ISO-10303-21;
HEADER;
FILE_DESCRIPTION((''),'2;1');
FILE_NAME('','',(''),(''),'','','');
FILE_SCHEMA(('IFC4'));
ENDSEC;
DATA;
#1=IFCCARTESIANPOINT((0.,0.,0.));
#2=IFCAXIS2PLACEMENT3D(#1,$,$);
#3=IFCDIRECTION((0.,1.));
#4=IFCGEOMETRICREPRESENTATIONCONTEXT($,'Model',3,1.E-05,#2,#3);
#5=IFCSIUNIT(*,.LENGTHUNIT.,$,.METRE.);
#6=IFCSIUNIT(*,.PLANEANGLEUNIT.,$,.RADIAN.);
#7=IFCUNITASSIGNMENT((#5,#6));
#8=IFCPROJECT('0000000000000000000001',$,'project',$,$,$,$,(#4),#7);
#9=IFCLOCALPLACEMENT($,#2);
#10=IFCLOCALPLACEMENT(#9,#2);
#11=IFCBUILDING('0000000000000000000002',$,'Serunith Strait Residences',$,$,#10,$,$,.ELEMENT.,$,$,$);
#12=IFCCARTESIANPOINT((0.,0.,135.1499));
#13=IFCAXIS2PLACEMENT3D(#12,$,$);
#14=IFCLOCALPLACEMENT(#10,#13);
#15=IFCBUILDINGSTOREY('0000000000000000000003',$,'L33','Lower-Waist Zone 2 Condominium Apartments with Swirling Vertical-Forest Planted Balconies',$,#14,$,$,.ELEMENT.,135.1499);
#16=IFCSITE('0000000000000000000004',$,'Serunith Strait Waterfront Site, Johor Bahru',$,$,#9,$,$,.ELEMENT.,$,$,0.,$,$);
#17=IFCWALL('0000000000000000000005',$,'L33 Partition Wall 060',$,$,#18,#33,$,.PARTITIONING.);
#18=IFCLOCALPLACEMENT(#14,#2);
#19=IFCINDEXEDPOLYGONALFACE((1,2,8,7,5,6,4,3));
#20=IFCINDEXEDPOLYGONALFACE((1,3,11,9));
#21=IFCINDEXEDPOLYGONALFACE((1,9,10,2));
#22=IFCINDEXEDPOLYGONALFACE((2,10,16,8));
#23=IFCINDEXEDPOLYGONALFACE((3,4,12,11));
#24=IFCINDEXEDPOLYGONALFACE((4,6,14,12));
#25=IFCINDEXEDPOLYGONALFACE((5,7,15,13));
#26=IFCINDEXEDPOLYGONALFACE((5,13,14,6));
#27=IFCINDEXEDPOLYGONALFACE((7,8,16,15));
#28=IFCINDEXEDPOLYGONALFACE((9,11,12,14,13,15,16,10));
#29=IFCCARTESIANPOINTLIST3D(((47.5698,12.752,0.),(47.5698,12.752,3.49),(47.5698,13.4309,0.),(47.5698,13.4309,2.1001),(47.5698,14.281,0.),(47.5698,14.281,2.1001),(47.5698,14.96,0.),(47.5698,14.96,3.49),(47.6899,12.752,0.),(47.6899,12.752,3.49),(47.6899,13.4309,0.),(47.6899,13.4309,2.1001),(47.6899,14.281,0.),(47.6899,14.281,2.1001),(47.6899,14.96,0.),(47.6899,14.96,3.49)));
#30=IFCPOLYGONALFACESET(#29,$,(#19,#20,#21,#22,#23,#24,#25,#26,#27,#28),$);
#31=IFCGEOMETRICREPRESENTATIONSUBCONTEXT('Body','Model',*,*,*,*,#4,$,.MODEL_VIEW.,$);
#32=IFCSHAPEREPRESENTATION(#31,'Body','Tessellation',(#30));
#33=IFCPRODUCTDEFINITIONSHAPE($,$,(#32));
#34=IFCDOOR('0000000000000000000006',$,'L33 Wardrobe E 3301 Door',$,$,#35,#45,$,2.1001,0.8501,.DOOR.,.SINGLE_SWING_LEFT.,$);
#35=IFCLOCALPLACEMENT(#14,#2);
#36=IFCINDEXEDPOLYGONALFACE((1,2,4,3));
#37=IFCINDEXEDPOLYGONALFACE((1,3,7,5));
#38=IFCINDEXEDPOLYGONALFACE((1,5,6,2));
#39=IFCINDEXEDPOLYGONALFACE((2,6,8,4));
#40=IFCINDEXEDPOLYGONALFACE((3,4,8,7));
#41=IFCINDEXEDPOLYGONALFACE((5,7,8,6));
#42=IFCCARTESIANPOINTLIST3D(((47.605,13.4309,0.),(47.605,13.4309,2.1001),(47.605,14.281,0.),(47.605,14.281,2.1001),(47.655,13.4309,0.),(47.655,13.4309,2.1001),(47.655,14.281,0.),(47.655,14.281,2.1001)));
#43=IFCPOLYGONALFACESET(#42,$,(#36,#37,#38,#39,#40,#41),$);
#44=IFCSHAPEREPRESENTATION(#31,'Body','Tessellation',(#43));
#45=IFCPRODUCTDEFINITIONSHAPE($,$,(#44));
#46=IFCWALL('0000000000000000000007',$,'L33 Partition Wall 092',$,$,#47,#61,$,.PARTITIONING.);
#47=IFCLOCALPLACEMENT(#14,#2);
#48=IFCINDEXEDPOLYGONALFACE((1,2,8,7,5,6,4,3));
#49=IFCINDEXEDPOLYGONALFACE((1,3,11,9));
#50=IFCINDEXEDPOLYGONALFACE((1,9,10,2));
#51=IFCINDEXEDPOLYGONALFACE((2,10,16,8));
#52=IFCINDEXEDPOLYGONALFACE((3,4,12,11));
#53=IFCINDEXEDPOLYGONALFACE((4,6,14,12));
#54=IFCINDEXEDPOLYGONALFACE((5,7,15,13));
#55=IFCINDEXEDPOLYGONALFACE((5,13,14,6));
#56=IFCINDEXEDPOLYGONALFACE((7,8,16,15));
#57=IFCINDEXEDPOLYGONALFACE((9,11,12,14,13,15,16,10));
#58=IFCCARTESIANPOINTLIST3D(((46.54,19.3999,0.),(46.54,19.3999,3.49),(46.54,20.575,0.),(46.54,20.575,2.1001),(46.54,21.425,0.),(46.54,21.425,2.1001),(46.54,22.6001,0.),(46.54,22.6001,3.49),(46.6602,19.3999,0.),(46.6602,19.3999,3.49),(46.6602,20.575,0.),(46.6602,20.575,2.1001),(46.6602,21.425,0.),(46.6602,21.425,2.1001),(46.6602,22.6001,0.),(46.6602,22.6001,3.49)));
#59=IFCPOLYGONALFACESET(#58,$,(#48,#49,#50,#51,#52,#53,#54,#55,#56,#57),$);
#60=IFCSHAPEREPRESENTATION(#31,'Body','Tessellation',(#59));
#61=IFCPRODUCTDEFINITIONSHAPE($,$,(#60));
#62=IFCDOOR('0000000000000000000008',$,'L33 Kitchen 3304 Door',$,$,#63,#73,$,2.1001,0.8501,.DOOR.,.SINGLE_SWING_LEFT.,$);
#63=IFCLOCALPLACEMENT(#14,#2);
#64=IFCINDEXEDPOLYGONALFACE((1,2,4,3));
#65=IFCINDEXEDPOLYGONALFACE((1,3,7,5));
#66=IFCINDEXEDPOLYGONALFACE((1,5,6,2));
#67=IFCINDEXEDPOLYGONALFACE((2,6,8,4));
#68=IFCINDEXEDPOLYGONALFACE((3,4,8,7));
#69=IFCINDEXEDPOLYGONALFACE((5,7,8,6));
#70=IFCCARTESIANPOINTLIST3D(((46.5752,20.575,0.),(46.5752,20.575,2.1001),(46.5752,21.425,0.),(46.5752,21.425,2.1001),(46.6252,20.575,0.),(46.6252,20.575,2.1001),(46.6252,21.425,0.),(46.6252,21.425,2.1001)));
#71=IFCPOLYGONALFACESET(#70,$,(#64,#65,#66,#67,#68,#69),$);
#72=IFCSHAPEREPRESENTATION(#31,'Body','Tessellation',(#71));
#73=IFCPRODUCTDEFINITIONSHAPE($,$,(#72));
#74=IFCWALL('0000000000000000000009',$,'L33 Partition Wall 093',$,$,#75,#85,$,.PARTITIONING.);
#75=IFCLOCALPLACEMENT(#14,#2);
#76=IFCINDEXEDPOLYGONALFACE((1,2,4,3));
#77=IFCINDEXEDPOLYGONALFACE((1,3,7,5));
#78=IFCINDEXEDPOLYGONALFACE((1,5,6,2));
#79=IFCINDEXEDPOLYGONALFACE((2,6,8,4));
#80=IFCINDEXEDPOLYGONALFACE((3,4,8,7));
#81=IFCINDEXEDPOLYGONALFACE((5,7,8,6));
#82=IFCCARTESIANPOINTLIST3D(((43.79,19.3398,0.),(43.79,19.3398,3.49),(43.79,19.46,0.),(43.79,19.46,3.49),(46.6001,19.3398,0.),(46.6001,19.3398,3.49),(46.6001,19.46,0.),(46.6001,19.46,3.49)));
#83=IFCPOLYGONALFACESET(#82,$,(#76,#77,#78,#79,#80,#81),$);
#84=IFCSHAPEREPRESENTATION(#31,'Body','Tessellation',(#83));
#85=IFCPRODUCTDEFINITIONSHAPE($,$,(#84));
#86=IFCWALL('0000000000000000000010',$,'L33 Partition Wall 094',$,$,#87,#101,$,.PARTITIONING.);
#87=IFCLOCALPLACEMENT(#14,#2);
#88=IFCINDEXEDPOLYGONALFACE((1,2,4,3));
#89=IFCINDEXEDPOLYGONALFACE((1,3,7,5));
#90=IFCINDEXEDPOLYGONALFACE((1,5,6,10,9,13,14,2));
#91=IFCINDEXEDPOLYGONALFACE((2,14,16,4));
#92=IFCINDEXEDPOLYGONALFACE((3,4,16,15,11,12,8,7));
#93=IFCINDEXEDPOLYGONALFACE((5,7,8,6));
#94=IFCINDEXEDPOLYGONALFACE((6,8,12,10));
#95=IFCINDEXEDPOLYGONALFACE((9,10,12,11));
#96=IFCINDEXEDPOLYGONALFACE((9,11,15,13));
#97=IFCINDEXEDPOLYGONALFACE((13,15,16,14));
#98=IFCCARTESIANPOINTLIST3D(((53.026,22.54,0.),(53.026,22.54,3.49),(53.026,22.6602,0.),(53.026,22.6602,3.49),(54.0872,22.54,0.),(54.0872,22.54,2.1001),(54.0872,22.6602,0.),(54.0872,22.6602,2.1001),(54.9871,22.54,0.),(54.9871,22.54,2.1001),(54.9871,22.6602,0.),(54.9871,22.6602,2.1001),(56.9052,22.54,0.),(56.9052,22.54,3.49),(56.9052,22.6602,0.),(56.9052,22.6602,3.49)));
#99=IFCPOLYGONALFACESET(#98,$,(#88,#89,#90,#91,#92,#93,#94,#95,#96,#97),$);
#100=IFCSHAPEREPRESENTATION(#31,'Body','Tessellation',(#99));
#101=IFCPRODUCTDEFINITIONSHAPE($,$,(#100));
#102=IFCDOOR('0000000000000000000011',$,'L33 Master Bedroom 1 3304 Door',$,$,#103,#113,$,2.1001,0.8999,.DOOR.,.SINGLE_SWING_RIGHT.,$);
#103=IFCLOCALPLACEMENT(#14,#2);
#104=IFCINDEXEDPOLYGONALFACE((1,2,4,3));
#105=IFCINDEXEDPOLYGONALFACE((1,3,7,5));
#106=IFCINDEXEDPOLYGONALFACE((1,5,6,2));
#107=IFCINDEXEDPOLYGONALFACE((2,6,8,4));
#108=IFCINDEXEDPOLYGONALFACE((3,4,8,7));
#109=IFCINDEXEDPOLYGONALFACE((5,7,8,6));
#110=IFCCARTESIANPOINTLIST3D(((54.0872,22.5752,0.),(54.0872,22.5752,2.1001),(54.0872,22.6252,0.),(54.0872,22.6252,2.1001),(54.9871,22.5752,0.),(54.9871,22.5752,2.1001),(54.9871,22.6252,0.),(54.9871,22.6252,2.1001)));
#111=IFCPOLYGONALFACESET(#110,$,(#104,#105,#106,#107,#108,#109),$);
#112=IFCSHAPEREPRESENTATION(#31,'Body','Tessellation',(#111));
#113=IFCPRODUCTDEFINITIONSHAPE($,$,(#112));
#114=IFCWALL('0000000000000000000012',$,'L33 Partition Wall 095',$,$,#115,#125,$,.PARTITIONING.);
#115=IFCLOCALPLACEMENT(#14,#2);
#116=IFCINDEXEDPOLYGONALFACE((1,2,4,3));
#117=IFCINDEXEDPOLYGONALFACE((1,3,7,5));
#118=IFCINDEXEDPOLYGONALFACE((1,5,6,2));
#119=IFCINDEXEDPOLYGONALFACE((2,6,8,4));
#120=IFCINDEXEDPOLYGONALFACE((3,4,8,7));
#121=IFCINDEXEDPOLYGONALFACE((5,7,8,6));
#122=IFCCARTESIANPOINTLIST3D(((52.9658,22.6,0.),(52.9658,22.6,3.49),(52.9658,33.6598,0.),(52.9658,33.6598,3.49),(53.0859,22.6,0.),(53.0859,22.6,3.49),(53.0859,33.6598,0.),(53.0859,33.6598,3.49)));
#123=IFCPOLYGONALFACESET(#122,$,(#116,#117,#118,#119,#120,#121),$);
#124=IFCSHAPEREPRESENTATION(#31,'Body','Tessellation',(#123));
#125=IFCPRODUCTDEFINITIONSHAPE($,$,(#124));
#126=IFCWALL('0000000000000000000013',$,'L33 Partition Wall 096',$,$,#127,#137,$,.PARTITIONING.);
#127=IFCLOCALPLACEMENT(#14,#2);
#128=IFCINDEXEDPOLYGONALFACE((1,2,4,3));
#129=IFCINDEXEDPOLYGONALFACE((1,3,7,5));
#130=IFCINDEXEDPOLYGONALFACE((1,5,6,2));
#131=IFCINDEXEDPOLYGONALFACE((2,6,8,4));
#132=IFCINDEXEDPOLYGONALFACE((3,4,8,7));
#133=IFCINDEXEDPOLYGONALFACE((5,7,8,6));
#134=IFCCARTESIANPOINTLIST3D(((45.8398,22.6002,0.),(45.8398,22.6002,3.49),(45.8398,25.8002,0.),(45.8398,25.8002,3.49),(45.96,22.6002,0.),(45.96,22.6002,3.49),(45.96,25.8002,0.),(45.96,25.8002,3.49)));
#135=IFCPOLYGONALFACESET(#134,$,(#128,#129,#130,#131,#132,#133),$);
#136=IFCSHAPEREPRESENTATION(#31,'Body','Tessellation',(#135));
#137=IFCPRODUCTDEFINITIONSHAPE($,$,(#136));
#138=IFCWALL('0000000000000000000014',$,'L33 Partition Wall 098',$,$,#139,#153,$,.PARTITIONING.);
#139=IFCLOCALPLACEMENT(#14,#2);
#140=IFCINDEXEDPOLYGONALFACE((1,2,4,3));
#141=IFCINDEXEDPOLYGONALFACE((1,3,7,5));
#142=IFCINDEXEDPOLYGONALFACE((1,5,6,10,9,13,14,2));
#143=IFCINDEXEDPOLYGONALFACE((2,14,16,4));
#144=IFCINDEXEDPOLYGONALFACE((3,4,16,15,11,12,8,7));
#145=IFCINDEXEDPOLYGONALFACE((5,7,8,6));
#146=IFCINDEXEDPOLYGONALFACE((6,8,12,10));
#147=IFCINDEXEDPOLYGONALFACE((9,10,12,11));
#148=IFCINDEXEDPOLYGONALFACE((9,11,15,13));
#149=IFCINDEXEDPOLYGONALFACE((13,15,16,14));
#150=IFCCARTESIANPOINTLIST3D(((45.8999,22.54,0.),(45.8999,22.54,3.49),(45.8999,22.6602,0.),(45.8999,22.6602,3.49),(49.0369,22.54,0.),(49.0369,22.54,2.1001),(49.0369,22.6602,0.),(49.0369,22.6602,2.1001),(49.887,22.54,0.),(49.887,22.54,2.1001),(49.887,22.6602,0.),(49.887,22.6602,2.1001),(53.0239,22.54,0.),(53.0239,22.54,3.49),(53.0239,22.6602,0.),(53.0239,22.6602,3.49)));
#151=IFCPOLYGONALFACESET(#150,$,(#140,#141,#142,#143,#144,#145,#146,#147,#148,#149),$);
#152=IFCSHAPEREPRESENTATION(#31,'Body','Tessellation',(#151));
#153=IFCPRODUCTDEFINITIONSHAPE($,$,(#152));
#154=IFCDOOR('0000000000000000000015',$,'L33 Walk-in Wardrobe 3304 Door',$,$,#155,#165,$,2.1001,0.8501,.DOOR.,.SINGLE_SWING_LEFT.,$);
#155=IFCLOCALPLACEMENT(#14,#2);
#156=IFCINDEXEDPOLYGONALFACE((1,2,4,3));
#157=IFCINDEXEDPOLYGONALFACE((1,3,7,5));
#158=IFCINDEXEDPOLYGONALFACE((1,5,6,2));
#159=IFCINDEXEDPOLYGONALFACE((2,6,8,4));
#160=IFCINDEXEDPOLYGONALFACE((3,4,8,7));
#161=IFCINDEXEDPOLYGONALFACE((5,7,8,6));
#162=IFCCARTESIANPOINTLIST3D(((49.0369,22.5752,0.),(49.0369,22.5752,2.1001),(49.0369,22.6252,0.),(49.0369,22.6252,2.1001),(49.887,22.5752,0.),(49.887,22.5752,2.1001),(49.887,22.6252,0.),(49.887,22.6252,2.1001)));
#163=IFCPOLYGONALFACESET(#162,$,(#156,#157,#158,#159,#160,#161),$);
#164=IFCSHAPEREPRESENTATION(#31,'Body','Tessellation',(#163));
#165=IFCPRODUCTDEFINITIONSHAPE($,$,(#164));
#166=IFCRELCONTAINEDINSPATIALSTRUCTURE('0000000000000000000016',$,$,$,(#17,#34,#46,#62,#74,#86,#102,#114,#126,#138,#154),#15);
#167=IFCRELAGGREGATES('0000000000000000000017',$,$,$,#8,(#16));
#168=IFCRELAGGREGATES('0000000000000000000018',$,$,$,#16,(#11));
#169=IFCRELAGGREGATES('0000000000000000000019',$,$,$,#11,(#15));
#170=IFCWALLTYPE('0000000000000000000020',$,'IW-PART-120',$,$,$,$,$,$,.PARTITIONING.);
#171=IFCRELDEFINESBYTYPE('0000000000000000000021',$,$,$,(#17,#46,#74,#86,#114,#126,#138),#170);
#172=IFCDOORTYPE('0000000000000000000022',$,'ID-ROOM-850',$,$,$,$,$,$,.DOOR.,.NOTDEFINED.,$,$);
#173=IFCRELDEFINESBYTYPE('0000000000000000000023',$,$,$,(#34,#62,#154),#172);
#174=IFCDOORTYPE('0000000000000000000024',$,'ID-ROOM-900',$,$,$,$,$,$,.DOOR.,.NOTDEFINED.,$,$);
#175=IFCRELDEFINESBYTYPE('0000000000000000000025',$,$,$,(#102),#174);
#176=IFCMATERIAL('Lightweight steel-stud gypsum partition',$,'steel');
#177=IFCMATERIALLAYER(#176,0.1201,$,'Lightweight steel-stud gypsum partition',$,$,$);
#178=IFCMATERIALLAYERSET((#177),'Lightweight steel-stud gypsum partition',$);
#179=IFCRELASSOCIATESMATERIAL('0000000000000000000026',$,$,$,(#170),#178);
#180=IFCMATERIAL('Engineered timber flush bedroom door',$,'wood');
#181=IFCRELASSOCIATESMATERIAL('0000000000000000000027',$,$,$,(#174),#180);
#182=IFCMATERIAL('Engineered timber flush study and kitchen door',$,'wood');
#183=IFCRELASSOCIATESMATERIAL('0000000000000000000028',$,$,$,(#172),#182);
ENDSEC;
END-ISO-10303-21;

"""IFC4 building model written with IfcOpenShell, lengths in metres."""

from ifc_helpers import new_model, si_unit, direction, frame, frame_2d, origin, place, context, subcontext, project, spatial, rectangle, extrude, source, transform, mapped, material, layer, layer_set, type_object, element, fill, save


model = new_model("IFC4")

# Units and contexts
model_context = context("Model", 3, precision=1e-05, world=origin(), true_north=direction((0.0, 1.0)))
body_context = subcontext(model_context, "Body", "Model", "MODEL_VIEW")
ifc_project = project(units=[si_unit("LENGTHUNIT", "METRE"), si_unit("PLANEANGLEUNIT", "RADIAN")], contexts=[model_context])

# Site, building, storey
site_placement = place(None, origin())
site = spatial("IfcSite", under=ifc_project, at=site_placement, Name="Serunith Strait Waterfront Site, Johor Bahru", CompositionType="ELEMENT", RefElevation=0.0)
building_placement = place(site_placement, origin())
building = spatial("IfcBuilding", under=site, at=building_placement, Name="Serunith Strait Residences", CompositionType="ELEMENT")
storey_placement = place(building_placement, frame((0.0, 0.0, 135.1499)))
storey = spatial("IfcBuildingStorey", under=building, at=storey_placement, Name="L33", Description="Lower-Waist Zone 2 Condominium Apartments with Swirling Vertical-Forest Planted Balconies", CompositionType="ELEMENT", Elevation=135.1499)

# Shared definitions
ifc_material_1 = material(Name="Lightweight steel-stud gypsum partition", Category="steel")
ifc_layer_1 = layer(ifc_material_1, 0.1201, Name="Lightweight steel-stud gypsum partition")
ifc_layer_set_1 = layer_set([ifc_layer_1], Name="Lightweight steel-stud gypsum partition")
wall_type = type_object("IfcWallType", Name="IW-PART-120", PredefinedType="PARTITIONING", material=ifc_layer_set_1)
ifc_material_2 = material(Name="Engineered timber flush bedroom door", Category="wood")
door_type_1 = type_object("IfcDoorType", Name="ID-ROOM-900", OperationType="NOTDEFINED", PredefinedType="DOOR", material=ifc_material_2)
shared_shape_1 = source(origin(), body_context, "Body", "SweptSolid", [
    extrude(rectangle(XDim=0.8999, YDim=2.1001, at=frame_2d((0.45, 1.05))), frame((0.0, 0.0249, 0.0), z_axis=(0.0, -1.0, 0.0), x_axis=(1.0, 0.0, 0.0)), (0.0, 0.0, 1.0), 0.05),
])

# Walls, openings, doors
wall_1_placement = place(storey_placement, frame((47.6299, 12.752, 0.0), z_axis=(0.0, 0.0, 1.0), x_axis=(0.0, 1.0, 0.0)))
wall_1 = element("IfcWall", 1, at=wall_1_placement, inside=storey, type_object=wall_type, Name="L33 Partition Wall 060", PredefinedType="PARTITIONING", context=body_context, shape_type="SweptSolid", body=[
    extrude(rectangle(XDim=2.208, YDim=0.1201, at=frame_2d((1.104, 0.0))), origin(), (0.0, 0.0, 1.0), 3.49),
])
opening_1_placement = place(wall_1_placement, frame((0.679, 0.0, 0.0)))
opening_1 = element("IfcOpeningElement", 2, at=opening_1_placement, cuts=wall_1, PredefinedType="OPENING", context=body_context, shape_type="SweptSolid", body=[
    extrude(rectangle(XDim=0.8501, YDim=2.1001, at=frame_2d((0.425, 1.05))), frame((0.0, 0.0701, 0.0), z_axis=(0.0, -1.0, 0.0), x_axis=(1.0, 0.0, 0.0)), (0.0, 0.0, 1.0), 0.1401),
])
ifc_material_3 = material(Name="Engineered timber flush study and kitchen door", Category="wood")
door_type_2 = type_object("IfcDoorType", Name="ID-ROOM-850", OperationType="NOTDEFINED", PredefinedType="DOOR", material=ifc_material_3)
shared_shape_2 = source(origin(), body_context, "Body", "SweptSolid", [
    extrude(rectangle(XDim=0.8501, YDim=2.1001, at=frame_2d((0.425, 1.05))), frame((0.0, 0.0249, 0.0), z_axis=(0.0, -1.0, 0.0), x_axis=(1.0, 0.0, 0.0)), (0.0, 0.0, 1.0), 0.05),
])
door_1_placement = place(opening_1_placement, origin())
door_1 = element("IfcDoor", 3, at=door_1_placement, inside=storey, type_object=door_type_2, Name="L33 Wardrobe E 3301 Door", OperationType="SINGLE_SWING_LEFT", OverallHeight=2.1001, OverallWidth=0.8501, PredefinedType="DOOR", context=body_context, shape_type="MappedRepresentation", body=[
    mapped(shared_shape_2, transform((0.0, 0.0, 0.0), scale=1.0)),
])
fill(opening_1, door_1)
wall_2_placement = place(storey_placement, frame((46.6001, 19.3999, 0.0), z_axis=(0.0, 0.0, 1.0), x_axis=(0.0, 1.0, 0.0)))
wall_2 = element("IfcWall", 4, at=wall_2_placement, inside=storey, type_object=wall_type, Name="L33 Partition Wall 092", PredefinedType="PARTITIONING", context=body_context, shape_type="SweptSolid", body=[
    extrude(rectangle(XDim=3.2002, YDim=0.1201, at=frame_2d((1.6001, 0.0))), origin(), (0.0, 0.0, 1.0), 3.49),
])
opening_2_placement = place(wall_2_placement, frame((1.175, 0.0, 0.0)))
opening_2 = element("IfcOpeningElement", 5, at=opening_2_placement, cuts=wall_2, PredefinedType="OPENING", context=body_context, shape_type="SweptSolid", body=[
    extrude(rectangle(XDim=0.8501, YDim=2.1001, at=frame_2d((0.425, 1.05))), frame((0.0, 0.0701, 0.0), z_axis=(0.0, -1.0, 0.0), x_axis=(1.0, 0.0, 0.0)), (0.0, 0.0, 1.0), 0.1401),
])
door_2_placement = place(opening_2_placement, origin())
door_2 = element("IfcDoor", 6, at=door_2_placement, inside=storey, type_object=door_type_2, Name="L33 Kitchen 3304 Door", OperationType="SINGLE_SWING_LEFT", OverallHeight=2.1001, OverallWidth=0.8501, PredefinedType="DOOR", context=body_context, shape_type="MappedRepresentation", body=[
    mapped(shared_shape_2, transform((0.0, 0.0, 0.0), scale=1.0)),
])
fill(opening_2, door_2)

# Wall
wall_3_placement = place(storey_placement, frame((46.6001, 19.3999, 0.0), z_axis=(0.0, 0.0, 1.0), x_axis=(-1.0, 0.0, 0.0)))
element("IfcWall", 7, at=wall_3_placement, inside=storey, type_object=wall_type, Name="L33 Partition Wall 093", PredefinedType="PARTITIONING", context=body_context, shape_type="SweptSolid", body=[
    extrude(rectangle(XDim=2.8101, YDim=0.1201, at=frame_2d((1.405, 0.0))), origin(), (0.0, 0.0, 1.0), 3.49),
])

# Wall, opening, door
wall_4_placement = place(storey_placement, frame((56.905, 22.6001, 0.0), z_axis=(0.0, 0.0, 1.0), x_axis=(-1.0, 0.0, 0.0)))
wall_4 = element("IfcWall", 8, at=wall_4_placement, inside=storey, type_object=wall_type, Name="L33 Partition Wall 094", PredefinedType="PARTITIONING", context=body_context, shape_type="SweptSolid", body=[
    extrude(rectangle(XDim=3.8792, YDim=0.1201, at=frame_2d((1.9395, 0.0))), origin(), (0.0, 0.0, 1.0), 3.49),
])
opening_3_placement = place(wall_4_placement, frame((1.918, 0.0, 0.0)))
opening_3 = element("IfcOpeningElement", 9, at=opening_3_placement, cuts=wall_4, PredefinedType="OPENING", context=body_context, shape_type="SweptSolid", body=[
    extrude(rectangle(XDim=0.8999, YDim=2.1001, at=frame_2d((0.45, 1.05))), frame((0.0, 0.0701, 0.0), z_axis=(0.0, -1.0, 0.0), x_axis=(1.0, 0.0, 0.0)), (0.0, 0.0, 1.0), 0.1401),
])
door_3_placement = place(opening_3_placement, origin())
door_3 = element("IfcDoor", 10, at=door_3_placement, inside=storey, type_object=door_type_1, Name="L33 Master Bedroom 1 3304 Door", OperationType="SINGLE_SWING_RIGHT", OverallHeight=2.1001, OverallWidth=0.8999, PredefinedType="DOOR", context=body_context, shape_type="MappedRepresentation", body=[
    mapped(shared_shape_1, transform((0.0, 0.0, 0.0), scale=1.0)),
])
fill(opening_3, door_3)

# Walls
wall_5_placement = place(storey_placement, frame((53.0259, 22.6001, 0.0), z_axis=(0.0, 0.0, 1.0), x_axis=(0.0, 1.0, 0.0)))
element("IfcWall", 11, at=wall_5_placement, inside=storey, type_object=wall_type, Name="L33 Partition Wall 095", PredefinedType="PARTITIONING", context=body_context, shape_type="SweptSolid", body=[
    extrude(rectangle(XDim=11.0598, YDim=0.1201, at=frame_2d((5.5298, 0.0))), origin(), (0.0, 0.0, 1.0), 3.49),
])
wall_6_placement = place(storey_placement, frame((45.8999, 22.6001, 0.0), z_axis=(0.0, 0.0, 1.0), x_axis=(0.0, 1.0, 0.0)))
element("IfcWall", 12, at=wall_6_placement, inside=storey, type_object=wall_type, Name="L33 Partition Wall 096", PredefinedType="PARTITIONING", context=body_context, shape_type="SweptSolid", body=[
    extrude(rectangle(XDim=3.2, YDim=0.1201, at=frame_2d((1.6001, 0.0))), origin(), (0.0, 0.0, 1.0), 3.49),
])

# Wall, opening, door
wall_7_placement = place(storey_placement, frame((53.0239, 22.6001, 0.0), z_axis=(0.0, 0.0, 1.0), x_axis=(-1.0, 0.0, 0.0)))
wall_7 = element("IfcWall", 13, at=wall_7_placement, inside=storey, type_object=wall_type, Name="L33 Partition Wall 098", PredefinedType="PARTITIONING", context=body_context, shape_type="SweptSolid", body=[
    extrude(rectangle(XDim=7.124, YDim=0.1201, at=frame_2d((3.562, 0.0))), origin(), (0.0, 0.0, 1.0), 3.49),
])
opening_4_placement = place(wall_7_placement, frame((3.137, 0.0, 0.0)))
opening_4 = element("IfcOpeningElement", 14, at=opening_4_placement, cuts=wall_7, PredefinedType="OPENING", context=body_context, shape_type="SweptSolid", body=[
    extrude(rectangle(XDim=0.8501, YDim=2.1001, at=frame_2d((0.425, 1.05))), frame((0.0, 0.0701, 0.0), z_axis=(0.0, -1.0, 0.0), x_axis=(1.0, 0.0, 0.0)), (0.0, 0.0, 1.0), 0.1401),
])
door_4_placement = place(opening_4_placement, origin())
door_4 = element("IfcDoor", 15, at=door_4_placement, inside=storey, type_object=door_type_2, Name="L33 Walk-in Wardrobe 3304 Door", OperationType="SINGLE_SWING_LEFT", OverallHeight=2.1001, OverallWidth=0.8501, PredefinedType="DOOR", context=body_context, shape_type="MappedRepresentation", body=[
    mapped(shared_shape_2, transform((0.0, 0.0, 0.0), scale=1.0)),
])
fill(opening_4, door_4)

save(model, "model.ifc")
